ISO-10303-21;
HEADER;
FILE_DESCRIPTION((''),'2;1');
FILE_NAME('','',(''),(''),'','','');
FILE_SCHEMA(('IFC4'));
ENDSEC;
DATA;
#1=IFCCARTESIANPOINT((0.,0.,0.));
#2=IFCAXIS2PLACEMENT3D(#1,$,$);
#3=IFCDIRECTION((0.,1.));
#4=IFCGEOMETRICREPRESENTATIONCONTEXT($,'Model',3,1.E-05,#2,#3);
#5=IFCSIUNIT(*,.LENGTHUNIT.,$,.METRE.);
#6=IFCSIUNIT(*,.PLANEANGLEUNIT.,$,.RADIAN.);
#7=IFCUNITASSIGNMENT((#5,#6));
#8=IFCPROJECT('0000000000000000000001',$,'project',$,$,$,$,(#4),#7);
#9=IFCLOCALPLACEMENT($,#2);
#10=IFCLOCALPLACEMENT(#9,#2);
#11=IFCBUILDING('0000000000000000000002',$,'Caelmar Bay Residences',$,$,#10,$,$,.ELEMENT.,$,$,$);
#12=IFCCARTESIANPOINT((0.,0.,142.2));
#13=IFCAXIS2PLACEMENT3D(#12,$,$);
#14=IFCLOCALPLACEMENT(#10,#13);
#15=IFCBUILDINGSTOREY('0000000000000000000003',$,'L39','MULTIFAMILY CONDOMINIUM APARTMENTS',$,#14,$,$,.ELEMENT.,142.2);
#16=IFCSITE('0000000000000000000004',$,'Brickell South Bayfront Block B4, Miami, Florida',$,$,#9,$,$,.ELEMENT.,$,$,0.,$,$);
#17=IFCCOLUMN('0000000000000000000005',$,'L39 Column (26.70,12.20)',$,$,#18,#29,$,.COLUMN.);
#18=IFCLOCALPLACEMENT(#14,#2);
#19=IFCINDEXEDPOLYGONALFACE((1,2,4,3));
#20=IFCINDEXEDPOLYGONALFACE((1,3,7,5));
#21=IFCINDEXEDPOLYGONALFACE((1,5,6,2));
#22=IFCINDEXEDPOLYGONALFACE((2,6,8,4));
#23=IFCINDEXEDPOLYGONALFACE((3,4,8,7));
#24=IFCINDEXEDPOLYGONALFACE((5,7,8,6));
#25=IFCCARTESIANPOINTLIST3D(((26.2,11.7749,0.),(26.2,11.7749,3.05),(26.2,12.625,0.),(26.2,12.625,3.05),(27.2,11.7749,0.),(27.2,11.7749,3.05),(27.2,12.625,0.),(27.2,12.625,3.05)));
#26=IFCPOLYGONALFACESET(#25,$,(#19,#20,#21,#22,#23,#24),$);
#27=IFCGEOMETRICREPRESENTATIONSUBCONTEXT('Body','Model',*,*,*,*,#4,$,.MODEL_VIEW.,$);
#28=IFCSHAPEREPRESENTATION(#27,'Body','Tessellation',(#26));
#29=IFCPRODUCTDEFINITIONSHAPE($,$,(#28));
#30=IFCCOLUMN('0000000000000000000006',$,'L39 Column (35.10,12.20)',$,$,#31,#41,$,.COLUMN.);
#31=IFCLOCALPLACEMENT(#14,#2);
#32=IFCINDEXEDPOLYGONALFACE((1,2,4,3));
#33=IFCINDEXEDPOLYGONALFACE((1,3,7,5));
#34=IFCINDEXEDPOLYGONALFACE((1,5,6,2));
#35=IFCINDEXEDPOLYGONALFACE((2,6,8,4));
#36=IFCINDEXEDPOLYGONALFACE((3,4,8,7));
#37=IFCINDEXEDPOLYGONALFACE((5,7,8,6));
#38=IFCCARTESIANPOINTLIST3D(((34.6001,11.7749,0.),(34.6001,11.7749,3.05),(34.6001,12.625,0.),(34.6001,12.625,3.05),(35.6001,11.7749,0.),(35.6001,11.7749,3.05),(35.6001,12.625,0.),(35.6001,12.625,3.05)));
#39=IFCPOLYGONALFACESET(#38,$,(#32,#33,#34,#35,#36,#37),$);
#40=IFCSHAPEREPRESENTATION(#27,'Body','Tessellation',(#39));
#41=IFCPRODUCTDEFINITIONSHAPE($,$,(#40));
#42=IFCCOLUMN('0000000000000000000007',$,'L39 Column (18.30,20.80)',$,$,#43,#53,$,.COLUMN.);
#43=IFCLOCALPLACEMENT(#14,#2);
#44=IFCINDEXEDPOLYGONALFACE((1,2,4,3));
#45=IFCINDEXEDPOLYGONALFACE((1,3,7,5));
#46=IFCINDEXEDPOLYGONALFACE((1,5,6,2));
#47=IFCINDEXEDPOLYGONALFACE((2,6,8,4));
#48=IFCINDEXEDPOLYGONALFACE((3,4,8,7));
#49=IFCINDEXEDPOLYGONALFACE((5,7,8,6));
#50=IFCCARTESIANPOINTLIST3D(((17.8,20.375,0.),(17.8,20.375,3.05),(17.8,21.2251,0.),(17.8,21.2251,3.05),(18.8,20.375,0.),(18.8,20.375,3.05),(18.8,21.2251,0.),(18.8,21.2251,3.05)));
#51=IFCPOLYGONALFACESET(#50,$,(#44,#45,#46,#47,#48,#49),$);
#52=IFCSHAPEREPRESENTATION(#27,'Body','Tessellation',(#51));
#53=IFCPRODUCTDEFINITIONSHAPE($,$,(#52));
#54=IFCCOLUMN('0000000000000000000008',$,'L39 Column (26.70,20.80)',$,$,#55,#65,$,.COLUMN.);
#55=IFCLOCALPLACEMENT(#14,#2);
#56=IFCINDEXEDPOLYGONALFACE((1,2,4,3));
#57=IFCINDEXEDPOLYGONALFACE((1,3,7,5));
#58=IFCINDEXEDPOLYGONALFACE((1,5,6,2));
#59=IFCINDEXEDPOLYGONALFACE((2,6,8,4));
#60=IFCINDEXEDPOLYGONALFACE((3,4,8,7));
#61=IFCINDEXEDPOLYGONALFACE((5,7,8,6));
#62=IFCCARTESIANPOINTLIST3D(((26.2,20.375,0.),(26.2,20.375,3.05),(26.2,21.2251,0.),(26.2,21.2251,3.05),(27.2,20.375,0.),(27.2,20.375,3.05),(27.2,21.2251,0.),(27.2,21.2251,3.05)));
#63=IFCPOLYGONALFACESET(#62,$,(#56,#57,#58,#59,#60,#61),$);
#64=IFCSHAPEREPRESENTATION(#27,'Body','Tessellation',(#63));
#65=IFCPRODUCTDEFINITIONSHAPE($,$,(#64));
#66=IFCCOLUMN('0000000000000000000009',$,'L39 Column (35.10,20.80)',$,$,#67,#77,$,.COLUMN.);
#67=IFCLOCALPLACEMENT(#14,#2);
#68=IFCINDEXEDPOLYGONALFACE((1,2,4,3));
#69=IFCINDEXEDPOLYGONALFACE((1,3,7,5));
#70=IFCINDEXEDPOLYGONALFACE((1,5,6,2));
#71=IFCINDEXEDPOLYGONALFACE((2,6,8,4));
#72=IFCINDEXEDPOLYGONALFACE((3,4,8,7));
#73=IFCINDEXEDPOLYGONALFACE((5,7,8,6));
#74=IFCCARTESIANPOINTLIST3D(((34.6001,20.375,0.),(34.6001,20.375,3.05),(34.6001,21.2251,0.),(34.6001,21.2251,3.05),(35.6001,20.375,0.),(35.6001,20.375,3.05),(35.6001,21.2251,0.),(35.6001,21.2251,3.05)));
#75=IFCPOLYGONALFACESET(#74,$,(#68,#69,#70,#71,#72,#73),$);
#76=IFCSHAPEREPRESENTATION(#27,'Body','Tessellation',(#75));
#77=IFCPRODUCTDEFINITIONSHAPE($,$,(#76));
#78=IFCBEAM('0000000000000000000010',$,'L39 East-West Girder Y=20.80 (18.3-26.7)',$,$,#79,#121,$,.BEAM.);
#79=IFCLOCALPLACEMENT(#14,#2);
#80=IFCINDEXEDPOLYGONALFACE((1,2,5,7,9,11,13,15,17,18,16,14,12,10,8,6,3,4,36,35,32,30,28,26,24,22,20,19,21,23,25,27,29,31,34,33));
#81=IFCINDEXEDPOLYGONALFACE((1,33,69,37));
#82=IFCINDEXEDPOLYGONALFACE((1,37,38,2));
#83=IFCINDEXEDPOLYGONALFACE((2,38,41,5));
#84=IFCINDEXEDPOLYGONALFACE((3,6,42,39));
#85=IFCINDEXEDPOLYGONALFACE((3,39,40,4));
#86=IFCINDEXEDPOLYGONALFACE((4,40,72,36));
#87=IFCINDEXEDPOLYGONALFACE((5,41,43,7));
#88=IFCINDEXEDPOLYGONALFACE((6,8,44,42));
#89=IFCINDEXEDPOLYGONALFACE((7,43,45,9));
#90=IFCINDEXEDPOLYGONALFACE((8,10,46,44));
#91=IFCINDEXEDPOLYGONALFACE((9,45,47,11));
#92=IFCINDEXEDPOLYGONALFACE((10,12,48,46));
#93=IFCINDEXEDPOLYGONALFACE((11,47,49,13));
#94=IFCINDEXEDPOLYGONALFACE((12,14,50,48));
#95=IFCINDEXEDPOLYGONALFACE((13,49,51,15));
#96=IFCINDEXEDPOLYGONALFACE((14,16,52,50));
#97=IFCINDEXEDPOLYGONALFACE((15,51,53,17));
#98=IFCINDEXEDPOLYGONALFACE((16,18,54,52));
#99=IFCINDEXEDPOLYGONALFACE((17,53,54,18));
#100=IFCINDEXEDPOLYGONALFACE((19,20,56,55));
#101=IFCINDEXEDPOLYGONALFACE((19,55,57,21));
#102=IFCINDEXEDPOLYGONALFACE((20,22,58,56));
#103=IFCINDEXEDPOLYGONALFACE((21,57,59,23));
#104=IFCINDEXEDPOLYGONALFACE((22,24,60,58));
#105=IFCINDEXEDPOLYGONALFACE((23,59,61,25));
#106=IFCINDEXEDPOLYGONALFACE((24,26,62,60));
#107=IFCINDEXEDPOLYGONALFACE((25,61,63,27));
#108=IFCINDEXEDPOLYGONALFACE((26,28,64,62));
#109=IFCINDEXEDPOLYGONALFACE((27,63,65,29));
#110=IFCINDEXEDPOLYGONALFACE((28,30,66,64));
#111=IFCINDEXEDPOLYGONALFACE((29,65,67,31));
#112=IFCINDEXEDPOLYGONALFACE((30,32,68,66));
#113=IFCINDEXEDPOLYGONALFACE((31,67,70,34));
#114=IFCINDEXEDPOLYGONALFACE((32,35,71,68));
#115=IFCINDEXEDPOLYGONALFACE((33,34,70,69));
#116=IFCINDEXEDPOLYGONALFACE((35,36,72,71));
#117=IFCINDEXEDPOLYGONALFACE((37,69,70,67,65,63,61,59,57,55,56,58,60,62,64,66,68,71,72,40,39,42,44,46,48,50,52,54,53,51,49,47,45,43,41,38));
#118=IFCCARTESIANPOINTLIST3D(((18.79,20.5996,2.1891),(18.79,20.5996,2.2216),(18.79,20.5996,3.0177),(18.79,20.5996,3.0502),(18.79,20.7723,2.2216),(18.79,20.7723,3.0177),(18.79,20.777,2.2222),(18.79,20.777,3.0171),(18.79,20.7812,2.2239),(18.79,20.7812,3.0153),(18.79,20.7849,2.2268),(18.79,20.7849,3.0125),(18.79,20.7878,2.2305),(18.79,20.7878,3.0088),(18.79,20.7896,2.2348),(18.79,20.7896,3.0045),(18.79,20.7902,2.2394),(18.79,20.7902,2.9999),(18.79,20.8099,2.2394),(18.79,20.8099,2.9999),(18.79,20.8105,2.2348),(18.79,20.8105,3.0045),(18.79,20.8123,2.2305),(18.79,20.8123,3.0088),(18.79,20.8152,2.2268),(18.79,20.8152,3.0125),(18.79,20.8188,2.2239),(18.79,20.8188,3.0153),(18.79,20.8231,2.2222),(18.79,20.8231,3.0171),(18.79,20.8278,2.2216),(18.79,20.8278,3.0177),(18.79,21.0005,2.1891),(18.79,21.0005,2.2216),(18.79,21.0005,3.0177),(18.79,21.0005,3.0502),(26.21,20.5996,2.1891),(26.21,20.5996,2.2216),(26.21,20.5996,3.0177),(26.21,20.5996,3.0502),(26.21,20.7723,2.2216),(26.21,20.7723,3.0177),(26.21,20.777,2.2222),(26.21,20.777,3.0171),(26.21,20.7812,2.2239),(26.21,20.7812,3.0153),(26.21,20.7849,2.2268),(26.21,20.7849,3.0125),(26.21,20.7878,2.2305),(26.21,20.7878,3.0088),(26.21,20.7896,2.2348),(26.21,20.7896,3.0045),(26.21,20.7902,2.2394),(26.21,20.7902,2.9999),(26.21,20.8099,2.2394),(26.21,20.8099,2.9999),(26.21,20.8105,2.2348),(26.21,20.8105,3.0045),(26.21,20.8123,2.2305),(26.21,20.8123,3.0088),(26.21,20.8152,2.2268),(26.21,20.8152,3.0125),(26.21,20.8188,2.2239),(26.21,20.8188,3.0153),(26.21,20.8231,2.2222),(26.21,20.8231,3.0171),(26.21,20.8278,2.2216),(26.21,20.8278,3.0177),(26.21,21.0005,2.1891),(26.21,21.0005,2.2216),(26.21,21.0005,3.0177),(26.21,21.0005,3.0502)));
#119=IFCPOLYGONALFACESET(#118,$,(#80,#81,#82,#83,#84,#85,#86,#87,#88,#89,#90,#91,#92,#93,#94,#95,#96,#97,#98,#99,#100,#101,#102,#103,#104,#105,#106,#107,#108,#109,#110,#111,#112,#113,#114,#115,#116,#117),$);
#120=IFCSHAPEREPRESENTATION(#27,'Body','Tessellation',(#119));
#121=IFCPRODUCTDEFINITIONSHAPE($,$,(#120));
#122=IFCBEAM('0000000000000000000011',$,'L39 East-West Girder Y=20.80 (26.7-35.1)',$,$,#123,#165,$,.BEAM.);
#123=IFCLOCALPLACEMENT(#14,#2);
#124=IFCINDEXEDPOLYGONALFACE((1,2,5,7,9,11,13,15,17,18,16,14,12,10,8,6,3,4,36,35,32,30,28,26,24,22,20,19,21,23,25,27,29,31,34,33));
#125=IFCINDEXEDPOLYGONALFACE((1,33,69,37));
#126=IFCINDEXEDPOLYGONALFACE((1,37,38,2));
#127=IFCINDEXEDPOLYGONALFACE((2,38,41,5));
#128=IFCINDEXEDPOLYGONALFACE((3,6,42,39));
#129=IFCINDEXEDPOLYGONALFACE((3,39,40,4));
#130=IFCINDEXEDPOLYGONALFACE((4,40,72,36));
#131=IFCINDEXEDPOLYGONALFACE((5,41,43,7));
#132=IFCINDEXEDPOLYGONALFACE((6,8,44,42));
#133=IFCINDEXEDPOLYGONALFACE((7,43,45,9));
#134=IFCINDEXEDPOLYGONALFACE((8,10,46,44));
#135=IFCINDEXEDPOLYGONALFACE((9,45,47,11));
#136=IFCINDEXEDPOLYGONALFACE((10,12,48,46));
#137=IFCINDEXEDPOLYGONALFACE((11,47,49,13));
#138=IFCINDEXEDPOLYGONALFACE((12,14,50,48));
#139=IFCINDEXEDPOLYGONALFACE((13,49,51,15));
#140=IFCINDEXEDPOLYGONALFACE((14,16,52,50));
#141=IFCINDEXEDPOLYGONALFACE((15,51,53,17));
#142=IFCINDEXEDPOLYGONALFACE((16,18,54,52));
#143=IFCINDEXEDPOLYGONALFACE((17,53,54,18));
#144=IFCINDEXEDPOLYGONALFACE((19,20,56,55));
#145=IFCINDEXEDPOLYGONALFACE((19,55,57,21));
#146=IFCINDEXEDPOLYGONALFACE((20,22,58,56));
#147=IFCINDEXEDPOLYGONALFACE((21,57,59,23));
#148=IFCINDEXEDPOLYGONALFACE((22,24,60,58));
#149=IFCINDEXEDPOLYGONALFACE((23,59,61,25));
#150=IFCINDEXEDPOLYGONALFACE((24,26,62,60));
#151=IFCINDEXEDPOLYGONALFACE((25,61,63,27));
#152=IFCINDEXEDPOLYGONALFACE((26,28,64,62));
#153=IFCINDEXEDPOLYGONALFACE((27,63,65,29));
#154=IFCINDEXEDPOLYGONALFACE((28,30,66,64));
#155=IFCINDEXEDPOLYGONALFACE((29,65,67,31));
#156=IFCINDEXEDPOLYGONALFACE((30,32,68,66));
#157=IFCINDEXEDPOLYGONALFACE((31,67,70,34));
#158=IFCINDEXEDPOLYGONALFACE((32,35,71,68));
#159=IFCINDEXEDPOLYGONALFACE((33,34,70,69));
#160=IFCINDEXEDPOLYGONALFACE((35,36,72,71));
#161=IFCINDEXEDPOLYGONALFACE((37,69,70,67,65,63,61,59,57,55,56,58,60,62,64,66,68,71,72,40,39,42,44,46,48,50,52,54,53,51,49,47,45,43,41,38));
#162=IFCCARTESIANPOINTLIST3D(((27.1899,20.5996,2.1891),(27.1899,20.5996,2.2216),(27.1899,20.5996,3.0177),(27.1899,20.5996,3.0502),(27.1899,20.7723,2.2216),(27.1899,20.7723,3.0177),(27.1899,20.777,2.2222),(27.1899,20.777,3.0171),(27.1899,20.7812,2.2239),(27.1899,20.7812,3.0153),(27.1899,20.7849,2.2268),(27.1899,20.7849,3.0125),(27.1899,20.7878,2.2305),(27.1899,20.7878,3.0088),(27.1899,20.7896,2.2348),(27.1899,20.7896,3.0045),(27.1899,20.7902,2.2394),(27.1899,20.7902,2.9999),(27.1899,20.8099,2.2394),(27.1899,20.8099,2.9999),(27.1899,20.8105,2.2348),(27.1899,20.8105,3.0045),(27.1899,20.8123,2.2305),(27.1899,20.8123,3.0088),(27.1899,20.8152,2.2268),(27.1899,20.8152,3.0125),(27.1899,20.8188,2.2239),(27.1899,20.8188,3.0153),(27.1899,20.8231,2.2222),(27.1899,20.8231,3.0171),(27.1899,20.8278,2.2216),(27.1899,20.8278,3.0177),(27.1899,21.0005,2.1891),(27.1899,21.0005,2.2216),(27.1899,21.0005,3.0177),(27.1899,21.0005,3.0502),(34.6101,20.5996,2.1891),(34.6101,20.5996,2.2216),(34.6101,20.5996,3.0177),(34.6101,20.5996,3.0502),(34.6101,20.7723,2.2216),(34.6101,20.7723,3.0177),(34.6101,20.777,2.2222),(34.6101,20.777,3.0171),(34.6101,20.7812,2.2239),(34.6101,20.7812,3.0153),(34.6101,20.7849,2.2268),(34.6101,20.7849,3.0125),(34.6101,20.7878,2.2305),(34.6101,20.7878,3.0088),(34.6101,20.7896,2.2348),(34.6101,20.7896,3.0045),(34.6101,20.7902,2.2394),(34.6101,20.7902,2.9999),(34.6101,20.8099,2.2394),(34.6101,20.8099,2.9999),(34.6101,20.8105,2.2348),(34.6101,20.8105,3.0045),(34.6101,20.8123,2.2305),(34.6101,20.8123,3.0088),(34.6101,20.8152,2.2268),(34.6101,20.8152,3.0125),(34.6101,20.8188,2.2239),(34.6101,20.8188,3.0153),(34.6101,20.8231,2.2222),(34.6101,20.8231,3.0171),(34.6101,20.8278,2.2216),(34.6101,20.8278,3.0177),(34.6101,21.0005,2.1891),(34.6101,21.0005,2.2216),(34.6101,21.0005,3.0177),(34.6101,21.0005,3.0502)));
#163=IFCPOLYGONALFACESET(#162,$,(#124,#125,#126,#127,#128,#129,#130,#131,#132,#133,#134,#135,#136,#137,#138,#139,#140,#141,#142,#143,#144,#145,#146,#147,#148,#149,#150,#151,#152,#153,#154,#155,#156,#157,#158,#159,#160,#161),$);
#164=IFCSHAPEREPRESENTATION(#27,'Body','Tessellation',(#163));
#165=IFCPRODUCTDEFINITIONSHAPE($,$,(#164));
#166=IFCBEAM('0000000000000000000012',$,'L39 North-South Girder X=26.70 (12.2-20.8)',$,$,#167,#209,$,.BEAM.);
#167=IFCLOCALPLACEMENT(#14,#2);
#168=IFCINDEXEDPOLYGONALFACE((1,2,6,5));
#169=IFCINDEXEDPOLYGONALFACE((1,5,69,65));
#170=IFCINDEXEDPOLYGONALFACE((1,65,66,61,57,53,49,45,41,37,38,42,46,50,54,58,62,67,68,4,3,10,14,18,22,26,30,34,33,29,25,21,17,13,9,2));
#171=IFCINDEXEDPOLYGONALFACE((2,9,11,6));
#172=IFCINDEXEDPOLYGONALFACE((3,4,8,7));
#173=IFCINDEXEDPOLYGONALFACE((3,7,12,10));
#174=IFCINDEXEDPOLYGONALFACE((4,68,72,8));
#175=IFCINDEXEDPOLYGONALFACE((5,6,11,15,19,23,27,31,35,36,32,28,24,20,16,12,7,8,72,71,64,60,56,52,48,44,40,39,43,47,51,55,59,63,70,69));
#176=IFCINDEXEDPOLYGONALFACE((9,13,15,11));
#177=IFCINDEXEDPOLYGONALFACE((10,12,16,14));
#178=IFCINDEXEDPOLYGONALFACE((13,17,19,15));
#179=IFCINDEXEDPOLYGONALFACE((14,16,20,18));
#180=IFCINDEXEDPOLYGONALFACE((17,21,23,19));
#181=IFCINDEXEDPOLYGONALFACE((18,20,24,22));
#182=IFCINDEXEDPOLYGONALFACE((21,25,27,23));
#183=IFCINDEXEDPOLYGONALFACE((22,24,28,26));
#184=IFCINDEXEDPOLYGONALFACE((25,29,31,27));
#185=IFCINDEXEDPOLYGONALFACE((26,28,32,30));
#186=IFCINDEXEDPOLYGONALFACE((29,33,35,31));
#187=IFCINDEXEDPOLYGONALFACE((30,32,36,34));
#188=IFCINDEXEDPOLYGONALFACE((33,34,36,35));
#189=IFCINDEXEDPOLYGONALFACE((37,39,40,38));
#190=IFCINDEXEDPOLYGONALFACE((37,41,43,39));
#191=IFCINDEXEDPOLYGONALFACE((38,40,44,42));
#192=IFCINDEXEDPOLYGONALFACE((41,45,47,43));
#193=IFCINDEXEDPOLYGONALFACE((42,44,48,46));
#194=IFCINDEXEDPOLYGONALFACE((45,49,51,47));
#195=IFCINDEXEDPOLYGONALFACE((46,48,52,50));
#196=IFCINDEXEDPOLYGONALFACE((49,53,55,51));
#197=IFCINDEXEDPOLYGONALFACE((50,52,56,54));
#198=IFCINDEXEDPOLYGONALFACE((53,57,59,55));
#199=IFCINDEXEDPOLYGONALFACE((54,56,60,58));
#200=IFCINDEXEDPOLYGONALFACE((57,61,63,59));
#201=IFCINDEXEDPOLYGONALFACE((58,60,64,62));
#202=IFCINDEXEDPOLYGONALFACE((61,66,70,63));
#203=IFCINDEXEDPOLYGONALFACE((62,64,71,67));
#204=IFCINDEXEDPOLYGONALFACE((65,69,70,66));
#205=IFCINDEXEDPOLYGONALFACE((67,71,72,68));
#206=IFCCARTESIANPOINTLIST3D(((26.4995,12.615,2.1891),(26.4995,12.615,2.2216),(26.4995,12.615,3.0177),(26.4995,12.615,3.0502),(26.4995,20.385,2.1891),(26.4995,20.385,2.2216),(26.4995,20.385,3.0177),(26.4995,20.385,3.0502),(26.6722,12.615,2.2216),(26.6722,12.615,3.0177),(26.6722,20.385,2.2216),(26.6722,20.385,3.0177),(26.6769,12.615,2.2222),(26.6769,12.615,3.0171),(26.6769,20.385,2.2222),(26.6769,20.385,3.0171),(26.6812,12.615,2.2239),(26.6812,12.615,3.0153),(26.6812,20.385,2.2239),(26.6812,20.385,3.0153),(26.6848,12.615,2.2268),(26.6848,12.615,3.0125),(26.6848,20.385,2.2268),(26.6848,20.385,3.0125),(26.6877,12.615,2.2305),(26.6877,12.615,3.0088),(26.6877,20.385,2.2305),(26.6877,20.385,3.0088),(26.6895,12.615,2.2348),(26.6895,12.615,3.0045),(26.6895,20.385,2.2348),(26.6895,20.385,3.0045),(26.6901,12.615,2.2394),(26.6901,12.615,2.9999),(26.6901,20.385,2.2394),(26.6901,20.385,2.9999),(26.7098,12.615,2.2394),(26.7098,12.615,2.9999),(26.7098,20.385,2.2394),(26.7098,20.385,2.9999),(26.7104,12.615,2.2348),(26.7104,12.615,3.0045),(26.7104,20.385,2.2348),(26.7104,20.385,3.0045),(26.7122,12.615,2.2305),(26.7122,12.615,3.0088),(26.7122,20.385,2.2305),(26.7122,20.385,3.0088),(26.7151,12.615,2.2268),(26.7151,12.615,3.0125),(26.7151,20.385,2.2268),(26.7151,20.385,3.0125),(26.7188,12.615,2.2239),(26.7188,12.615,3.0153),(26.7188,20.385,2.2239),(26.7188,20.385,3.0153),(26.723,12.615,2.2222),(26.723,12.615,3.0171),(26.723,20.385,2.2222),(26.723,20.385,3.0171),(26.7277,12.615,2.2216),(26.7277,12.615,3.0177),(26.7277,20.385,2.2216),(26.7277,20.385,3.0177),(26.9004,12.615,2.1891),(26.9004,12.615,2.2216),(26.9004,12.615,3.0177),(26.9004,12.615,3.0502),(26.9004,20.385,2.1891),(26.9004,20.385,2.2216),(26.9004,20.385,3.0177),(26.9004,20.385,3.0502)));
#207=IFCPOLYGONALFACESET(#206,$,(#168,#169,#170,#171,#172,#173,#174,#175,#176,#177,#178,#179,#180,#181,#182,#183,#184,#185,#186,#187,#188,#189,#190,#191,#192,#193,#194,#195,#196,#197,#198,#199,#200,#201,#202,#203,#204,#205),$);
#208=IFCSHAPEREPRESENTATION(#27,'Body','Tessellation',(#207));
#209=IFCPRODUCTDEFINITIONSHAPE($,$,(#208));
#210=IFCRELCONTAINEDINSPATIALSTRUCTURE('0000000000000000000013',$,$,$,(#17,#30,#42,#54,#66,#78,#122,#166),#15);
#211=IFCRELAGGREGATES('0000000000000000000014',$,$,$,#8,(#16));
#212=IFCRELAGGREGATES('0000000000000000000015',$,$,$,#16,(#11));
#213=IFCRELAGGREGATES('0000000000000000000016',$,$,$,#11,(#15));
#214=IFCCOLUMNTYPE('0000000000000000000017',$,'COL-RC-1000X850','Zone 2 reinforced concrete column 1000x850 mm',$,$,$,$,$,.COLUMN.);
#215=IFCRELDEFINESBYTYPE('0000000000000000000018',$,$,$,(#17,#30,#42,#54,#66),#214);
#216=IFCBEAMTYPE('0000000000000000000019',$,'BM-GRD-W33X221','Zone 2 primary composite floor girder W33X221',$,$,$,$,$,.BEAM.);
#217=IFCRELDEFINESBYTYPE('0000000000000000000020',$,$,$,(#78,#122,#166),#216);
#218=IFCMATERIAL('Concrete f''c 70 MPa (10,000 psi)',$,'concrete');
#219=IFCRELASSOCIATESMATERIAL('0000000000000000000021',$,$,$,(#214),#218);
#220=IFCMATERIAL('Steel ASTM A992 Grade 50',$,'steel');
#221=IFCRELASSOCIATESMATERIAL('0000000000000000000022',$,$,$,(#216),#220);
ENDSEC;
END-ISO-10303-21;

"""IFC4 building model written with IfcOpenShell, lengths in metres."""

from ifc_helpers import new_model, si_unit, direction, frame, origin, origin_2d, place, context, subcontext, project, spatial, rectangle, i_section, extrude, material, material_profile, profile_set, type_object, element, save


model = new_model("IFC4")

# Units and contexts
model_context = context("Model", 3, precision=1e-05, world=origin(), true_north=direction((0.0, 1.0)))
body_context = subcontext(model_context, "Body", "Model", "MODEL_VIEW")
ifc_project = project(units=[si_unit("LENGTHUNIT", "METRE"), si_unit("PLANEANGLEUNIT", "RADIAN")], contexts=[model_context])

# Site, building, storey
site_placement = place(None, origin())
site = spatial("IfcSite", under=ifc_project, at=site_placement, Name="Brickell South Bayfront Block B4, Miami, Florida", CompositionType="ELEMENT", RefElevation=0.0)
building_placement = place(site_placement, origin())
building = spatial("IfcBuilding", under=site, at=building_placement, Name="Caelmar Bay Residences", CompositionType="ELEMENT")
storey_placement = place(building_placement, frame((0.0, 0.0, 142.2)))
storey = spatial("IfcBuildingStorey", under=building, at=storey_placement, Name="L39", Description="MULTIFAMILY CONDOMINIUM APARTMENTS", CompositionType="ELEMENT", Elevation=142.2)

# Columns
ifc_material_1 = material(Name="Concrete f'c 70 MPa (10,000 psi)", Category="concrete")
ifc_material_profile_1 = material_profile(ifc_material_1, rectangle(XDim=1.0, YDim=0.8501, at=origin_2d()), Name="RC-COL-1000X850")
ifc_profile_set_1 = profile_set([ifc_material_profile_1], Name="Concrete f'c 70 MPa (10,000 psi)")
column_type = type_object("IfcColumnType", Name="COL-RC-1000X850", Description="Zone 2 reinforced concrete column 1000x850 mm", PredefinedType="COLUMN", material=ifc_profile_set_1)
for number, where, z_axis, x_axis, name in (
    (1, (26.7, 12.2, 0.0), (0.0, 0.0, 1.0), (1.0, 0.0, 0.0), "L39 Column (26.70,12.20)"),
    (2, (35.1001, 12.2, 0.0), (0.0, 0.0, 1.0), (1.0, 0.0, 0.0), "L39 Column (35.10,12.20)"),
    (3, (18.3, 20.8, 0.0), (0.0, 0.0, 1.0), (1.0, 0.0, 0.0), "L39 Column (18.30,20.80)"),
    (4, (26.7, 20.8, 0.0), (0.0, 0.0, 1.0), (1.0, 0.0, 0.0), "L39 Column (26.70,20.80)"),
    (5, (35.1001, 20.8, 0.0), (0.0, 0.0, 1.0), (1.0, 0.0, 0.0), "L39 Column (35.10,20.80)"),
):
    element("IfcColumn", number, at=place(storey_placement, frame(where, z_axis=z_axis, x_axis=x_axis)), inside=storey, type_object=column_type, Name=name, PredefinedType="COLUMN", context=body_context, shape_type="SweptSolid", body=[
        extrude(rectangle(XDim=1.0, YDim=0.8501, at=origin_2d()), origin(), (0.0, 0.0, 1.0), 3.05),
    ])

# Beams
ifc_material_2 = material(Name="Steel ASTM A992 Grade 50", Category="steel")
ifc_material_profile_2 = material_profile(ifc_material_2, i_section(OverallWidth=0.4009, OverallDepth=0.8611, WebThickness=0.0198, FlangeThickness=0.0325, FilletRadius=0.0178, at=origin_2d()), Name="W33X221")
ifc_profile_set_2 = profile_set([ifc_material_profile_2], Name="Steel ASTM A992 Grade 50")
beam_type_1 = type_object("IfcBeamType", Name="BM-GRD-W33X221", Description="Zone 2 primary composite floor girder W33X221", PredefinedType="BEAM", material=ifc_profile_set_2)
beam_1_placement = place(storey_placement, frame((18.79, 20.8, 2.6196), z_axis=(1.0, 0.0, 0.0), x_axis=(0.0, 1.0, 0.0)))
element("IfcBeam", 6, at=beam_1_placement, inside=storey, type_object=beam_type_1, Name="L39 East-West Girder Y=20.80 (18.3-26.7)", PredefinedType="BEAM", context=body_context, shape_type="SweptSolid", body=[
    extrude(i_section(OverallWidth=0.4009, OverallDepth=0.8611, WebThickness=0.0198, FlangeThickness=0.0325, FilletRadius=0.0178, at=origin_2d()), origin(), (0.0, 0.0, 1.0), 7.4199),
])
beam_2_placement = place(storey_placement, frame((27.1899, 20.8, 2.6196), z_axis=(1.0, 0.0, 0.0), x_axis=(0.0, 1.0, 0.0)))
element("IfcBeam", 7, at=beam_2_placement, inside=storey, type_object=beam_type_1, Name="L39 East-West Girder Y=20.80 (26.7-35.1)", PredefinedType="BEAM", context=body_context, shape_type="SweptSolid", body=[
    extrude(i_section(OverallWidth=0.4009, OverallDepth=0.8611, WebThickness=0.0198, FlangeThickness=0.0325, FilletRadius=0.0178, at=origin_2d()), origin(), (0.0, 0.0, 1.0), 7.4202),
])
beam_3_placement = place(storey_placement, frame((26.7, 12.615, 2.6196), z_axis=(0.0, 1.0, 0.0), x_axis=(-1.0, 0.0, 0.0)))
element("IfcBeam", 8, at=beam_3_placement, inside=storey, type_object=beam_type_1, Name="L39 North-South Girder X=26.70 (12.2-20.8)", PredefinedType="BEAM", context=body_context, shape_type="SweptSolid", body=[
    extrude(i_section(OverallWidth=0.4009, OverallDepth=0.8611, WebThickness=0.0198, FlangeThickness=0.0325, FilletRadius=0.0178, at=origin_2d()), origin(), (0.0, 0.0, 1.0), 7.77),
])

save(model, "model.ifc")
